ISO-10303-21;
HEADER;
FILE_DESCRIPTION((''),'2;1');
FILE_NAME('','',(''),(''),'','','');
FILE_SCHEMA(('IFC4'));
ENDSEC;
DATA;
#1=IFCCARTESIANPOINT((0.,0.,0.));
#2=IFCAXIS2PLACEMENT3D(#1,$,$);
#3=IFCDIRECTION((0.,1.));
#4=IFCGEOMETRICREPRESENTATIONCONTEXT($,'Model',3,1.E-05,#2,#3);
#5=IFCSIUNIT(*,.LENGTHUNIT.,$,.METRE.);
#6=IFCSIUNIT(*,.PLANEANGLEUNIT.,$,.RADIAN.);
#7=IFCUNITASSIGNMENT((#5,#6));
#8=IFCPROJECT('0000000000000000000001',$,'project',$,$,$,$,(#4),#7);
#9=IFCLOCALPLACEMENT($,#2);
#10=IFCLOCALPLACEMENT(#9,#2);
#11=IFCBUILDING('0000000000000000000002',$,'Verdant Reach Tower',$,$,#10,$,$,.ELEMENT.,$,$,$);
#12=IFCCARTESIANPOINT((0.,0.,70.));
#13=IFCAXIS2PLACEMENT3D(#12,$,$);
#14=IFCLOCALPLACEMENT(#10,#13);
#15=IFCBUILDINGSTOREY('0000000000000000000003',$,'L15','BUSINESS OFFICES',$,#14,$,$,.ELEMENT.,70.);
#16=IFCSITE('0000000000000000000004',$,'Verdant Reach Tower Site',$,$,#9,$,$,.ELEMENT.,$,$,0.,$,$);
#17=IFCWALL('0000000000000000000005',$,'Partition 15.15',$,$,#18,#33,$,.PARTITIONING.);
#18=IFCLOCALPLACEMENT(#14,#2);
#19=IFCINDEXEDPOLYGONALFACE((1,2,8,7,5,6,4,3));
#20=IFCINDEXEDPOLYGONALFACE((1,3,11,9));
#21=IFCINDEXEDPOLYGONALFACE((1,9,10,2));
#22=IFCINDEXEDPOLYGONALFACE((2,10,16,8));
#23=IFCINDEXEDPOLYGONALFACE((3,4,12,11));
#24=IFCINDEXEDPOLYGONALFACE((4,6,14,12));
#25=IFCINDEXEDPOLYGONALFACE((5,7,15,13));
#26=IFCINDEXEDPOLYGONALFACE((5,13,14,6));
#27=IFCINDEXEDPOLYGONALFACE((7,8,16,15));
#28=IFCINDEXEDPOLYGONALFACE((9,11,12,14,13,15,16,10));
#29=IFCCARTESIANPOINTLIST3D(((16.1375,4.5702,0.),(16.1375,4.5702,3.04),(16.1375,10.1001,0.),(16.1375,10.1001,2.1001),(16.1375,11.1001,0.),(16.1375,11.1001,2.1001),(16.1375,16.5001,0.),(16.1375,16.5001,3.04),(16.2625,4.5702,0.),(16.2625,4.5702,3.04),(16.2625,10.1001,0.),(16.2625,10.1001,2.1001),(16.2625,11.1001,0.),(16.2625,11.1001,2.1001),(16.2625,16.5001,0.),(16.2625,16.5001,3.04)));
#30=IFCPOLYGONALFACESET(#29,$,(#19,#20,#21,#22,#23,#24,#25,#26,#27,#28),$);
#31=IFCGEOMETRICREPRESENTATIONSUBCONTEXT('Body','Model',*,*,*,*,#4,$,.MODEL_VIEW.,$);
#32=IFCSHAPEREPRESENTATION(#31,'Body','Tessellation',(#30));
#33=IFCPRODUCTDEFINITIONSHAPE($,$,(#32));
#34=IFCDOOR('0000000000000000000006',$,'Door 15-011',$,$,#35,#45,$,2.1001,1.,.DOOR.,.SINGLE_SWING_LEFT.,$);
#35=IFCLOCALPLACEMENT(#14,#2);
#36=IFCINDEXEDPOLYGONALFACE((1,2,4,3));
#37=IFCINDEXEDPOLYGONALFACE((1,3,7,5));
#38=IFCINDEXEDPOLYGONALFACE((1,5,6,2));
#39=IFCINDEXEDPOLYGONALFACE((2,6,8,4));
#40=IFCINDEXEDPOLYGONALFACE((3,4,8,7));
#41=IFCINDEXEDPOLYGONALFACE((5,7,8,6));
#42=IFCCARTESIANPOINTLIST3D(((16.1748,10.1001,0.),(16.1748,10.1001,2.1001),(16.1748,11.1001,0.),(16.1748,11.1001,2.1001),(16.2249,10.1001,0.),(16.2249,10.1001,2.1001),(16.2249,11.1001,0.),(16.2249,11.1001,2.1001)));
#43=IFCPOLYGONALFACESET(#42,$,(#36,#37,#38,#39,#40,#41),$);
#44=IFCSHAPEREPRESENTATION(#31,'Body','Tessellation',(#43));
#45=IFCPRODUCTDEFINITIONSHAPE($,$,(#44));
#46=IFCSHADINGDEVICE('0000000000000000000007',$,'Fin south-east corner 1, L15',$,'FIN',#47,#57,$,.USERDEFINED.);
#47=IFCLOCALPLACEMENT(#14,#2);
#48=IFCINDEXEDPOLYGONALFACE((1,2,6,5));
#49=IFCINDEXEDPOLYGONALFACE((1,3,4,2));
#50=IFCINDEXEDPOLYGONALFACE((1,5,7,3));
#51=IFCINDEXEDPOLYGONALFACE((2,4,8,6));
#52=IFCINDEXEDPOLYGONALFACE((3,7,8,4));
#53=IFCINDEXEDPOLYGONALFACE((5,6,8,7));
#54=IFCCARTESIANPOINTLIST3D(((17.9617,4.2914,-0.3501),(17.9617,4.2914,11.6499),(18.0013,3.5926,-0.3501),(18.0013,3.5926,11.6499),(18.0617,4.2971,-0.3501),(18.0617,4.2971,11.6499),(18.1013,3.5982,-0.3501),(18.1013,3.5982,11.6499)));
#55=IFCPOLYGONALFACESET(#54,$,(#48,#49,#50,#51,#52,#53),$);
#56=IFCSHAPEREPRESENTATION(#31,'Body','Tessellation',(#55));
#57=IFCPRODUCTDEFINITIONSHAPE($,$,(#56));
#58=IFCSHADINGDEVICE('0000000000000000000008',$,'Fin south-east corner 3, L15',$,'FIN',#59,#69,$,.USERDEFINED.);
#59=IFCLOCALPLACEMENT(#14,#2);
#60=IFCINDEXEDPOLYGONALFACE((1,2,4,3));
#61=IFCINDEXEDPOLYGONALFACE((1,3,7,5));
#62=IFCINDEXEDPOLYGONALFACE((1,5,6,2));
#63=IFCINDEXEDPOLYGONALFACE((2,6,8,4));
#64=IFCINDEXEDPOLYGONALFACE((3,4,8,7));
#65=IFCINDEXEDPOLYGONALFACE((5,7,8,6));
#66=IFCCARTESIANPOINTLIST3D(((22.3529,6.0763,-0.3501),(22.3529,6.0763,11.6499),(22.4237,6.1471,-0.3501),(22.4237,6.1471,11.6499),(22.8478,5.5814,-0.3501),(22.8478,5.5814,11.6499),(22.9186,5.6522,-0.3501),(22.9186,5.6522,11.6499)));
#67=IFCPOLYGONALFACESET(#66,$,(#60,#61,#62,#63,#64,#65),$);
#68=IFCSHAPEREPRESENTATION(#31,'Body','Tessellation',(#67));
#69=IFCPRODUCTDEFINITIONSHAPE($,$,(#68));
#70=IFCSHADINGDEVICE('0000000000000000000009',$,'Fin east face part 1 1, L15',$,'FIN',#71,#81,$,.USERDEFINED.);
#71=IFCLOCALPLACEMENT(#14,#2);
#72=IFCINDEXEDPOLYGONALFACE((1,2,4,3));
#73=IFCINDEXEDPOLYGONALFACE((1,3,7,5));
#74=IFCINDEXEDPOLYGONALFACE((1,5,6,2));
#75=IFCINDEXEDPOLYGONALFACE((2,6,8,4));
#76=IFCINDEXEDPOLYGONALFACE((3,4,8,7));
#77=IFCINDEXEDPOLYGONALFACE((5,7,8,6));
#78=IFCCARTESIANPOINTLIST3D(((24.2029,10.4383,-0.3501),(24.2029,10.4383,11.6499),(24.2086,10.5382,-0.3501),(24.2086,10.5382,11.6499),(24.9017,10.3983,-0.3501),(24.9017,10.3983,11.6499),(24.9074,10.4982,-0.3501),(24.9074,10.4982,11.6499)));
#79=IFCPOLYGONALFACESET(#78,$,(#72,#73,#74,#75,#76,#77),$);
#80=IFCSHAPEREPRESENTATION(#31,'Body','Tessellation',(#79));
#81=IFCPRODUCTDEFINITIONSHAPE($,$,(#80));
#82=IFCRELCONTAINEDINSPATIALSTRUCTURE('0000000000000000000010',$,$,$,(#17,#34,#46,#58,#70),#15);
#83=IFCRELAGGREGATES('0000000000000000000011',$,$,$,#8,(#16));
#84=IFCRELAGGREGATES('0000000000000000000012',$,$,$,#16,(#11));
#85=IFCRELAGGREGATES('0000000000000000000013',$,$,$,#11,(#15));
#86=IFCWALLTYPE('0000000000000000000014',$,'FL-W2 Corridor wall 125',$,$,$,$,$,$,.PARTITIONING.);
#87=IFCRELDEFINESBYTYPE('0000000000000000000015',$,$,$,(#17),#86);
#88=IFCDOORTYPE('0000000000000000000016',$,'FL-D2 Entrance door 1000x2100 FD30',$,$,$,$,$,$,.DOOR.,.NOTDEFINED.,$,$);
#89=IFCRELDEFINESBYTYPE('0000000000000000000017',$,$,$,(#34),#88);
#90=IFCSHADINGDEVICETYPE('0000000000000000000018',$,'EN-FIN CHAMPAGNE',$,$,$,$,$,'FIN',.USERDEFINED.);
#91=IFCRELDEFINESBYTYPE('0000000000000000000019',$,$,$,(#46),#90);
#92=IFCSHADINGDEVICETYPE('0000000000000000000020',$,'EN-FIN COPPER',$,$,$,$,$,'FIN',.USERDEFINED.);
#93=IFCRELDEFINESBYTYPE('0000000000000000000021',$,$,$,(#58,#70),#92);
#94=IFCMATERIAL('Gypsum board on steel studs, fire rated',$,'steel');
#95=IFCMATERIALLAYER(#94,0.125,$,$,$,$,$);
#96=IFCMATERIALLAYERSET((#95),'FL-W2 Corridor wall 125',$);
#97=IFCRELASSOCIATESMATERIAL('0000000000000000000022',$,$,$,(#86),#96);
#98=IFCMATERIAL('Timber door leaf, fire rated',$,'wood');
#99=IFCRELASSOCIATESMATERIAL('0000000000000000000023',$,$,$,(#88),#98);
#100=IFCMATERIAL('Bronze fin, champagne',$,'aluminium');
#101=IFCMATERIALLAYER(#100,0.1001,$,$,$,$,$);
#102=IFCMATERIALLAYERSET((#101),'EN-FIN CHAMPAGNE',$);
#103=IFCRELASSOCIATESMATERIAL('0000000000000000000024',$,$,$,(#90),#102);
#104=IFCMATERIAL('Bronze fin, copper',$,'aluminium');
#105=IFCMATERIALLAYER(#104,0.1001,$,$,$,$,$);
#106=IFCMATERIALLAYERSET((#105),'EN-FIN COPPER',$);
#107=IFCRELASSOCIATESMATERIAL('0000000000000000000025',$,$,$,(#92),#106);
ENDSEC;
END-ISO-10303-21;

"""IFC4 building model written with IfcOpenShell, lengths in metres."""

from ifc_helpers import new_model, si_unit, direction, frame, frame_2d, origin, origin_2d, place, context, subcontext, project, spatial, rectangle, extrude, material, layer, layer_set, type_object, element, fill, save


model = new_model("IFC4")

# Units and contexts
model_context = context("Model", 3, precision=1e-05, world=origin(), true_north=direction((0.0, 1.0)))
body_context = subcontext(model_context, "Body", "Model", "MODEL_VIEW")
ifc_project = project(units=[si_unit("LENGTHUNIT", "METRE"), si_unit("PLANEANGLEUNIT", "RADIAN")], contexts=[model_context])

# Site, building, storey
site_placement = place(None, origin())
site = spatial("IfcSite", under=ifc_project, at=site_placement, Name="Verdant Reach Tower Site", CompositionType="ELEMENT", RefElevation=0.0)
building_placement = place(site_placement, origin())
building = spatial("IfcBuilding", under=site, at=building_placement, Name="Verdant Reach Tower", CompositionType="ELEMENT")
storey_placement = place(building_placement, frame((0.0, 0.0, 70.0)))
storey = spatial("IfcBuildingStorey", under=building, at=storey_placement, Name="L15", Description="BUSINESS OFFICES", CompositionType="ELEMENT", Elevation=70.0)

# Wall, opening, door
ifc_material_1 = material(Name="Gypsum board on steel studs, fire rated", Category="steel")
ifc_layer_1 = layer(ifc_material_1, 0.125)
ifc_layer_set_1 = layer_set([ifc_layer_1], Name="FL-W2 Corridor wall 125")
wall_type = type_object("IfcWallType", Name="FL-W2 Corridor wall 125", PredefinedType="PARTITIONING", material=ifc_layer_set_1)
wall_placement = place(storey_placement, frame((16.2, 16.5, 0.0), z_axis=(0.0, 0.0, 1.0), x_axis=(0.0, -1.0, 0.0)))
wall = element("IfcWall", 1, at=wall_placement, inside=storey, type_object=wall_type, Name="Partition 15.15", PredefinedType="PARTITIONING", context=body_context, shape_type="SweptSolid", body=[
    extrude(rectangle(XDim=11.9299, YDim=0.125, at=frame_2d((5.9648, 0.0))), origin(), (0.0, 0.0, 1.0), 3.04),
])
opening_placement = place(wall_placement, frame((5.3999, 0.0, 0.0)))
opening = element("IfcOpeningElement", 2, at=opening_placement, cuts=wall, PredefinedType="OPENING", context=body_context, shape_type="SweptSolid", body=[
    extrude(rectangle(XDim=1.0, YDim=2.1001, at=frame_2d((0.5, 1.05))), frame((0.0, 0.0725, 0.0), z_axis=(0.0, -1.0, 0.0), x_axis=(1.0, 0.0, 0.0)), (0.0, 0.0, 1.0), 0.145),
])
ifc_material_2 = material(Name="Timber door leaf, fire rated", Category="wood")
door_type = type_object("IfcDoorType", Name="FL-D2 Entrance door 1000x2100 FD30", OperationType="NOTDEFINED", PredefinedType="DOOR", material=ifc_material_2)
door_placement = place(opening_placement, origin())
door = element("IfcDoor", 3, at=door_placement, inside=storey, type_object=door_type, Name="Door 15-011", OperationType="SINGLE_SWING_LEFT", OverallHeight=2.1001, OverallWidth=1.0, PredefinedType="DOOR", context=body_context, shape_type="SweptSolid", body=[
    extrude(rectangle(XDim=1.0, YDim=2.1001, at=frame_2d((0.5, 1.05))), frame((0.0, 0.0249, 0.0), z_axis=(0.0, -1.0, 0.0), x_axis=(1.0, 0.0, 0.0)), (0.0, 0.0, 1.0), 0.05),
])
fill(opening, door)

# Shading devices
ifc_material_3 = material(Name="Bronze fin, champagne", Category="aluminium")
ifc_layer_2 = layer(ifc_material_3, 0.1001)
ifc_layer_set_2 = layer_set([ifc_layer_2], Name="EN-FIN CHAMPAGNE")
shading_device_type_1 = type_object("IfcShadingDeviceType", Name="EN-FIN CHAMPAGNE", ElementType="FIN", PredefinedType="USERDEFINED", material=ifc_layer_set_2)
shading_device_placement = place(storey_placement, frame((18.0315, 3.9448, -0.3501), z_axis=(0.0, 0.0, 1.0), x_axis=(0.998399, 0.056569, 0.0)))
element("IfcShadingDevice", 4, at=shading_device_placement, inside=storey, type_object=shading_device_type_1, Name="Fin south-east corner 1, L15", ObjectType="FIN", PredefinedType="USERDEFINED", context=body_context, shape_type="SweptSolid", body=[
    extrude(rectangle(XDim=0.1001, YDim=0.7, at=origin_2d()), origin(), (0.0, 0.0, 1.0), 12.0),
])
ifc_material_4 = material(Name="Bronze fin, copper", Category="aluminium")
ifc_layer_3 = layer(ifc_material_4, 0.1001)
ifc_layer_set_3 = layer_set([ifc_layer_3], Name="EN-FIN COPPER")
shading_device_type_2 = type_object("IfcShadingDeviceType", Name="EN-FIN COPPER", ElementType="FIN", PredefinedType="USERDEFINED", material=ifc_layer_set_3)
for number, where, z_axis, x_axis, name in (
    (5, (22.6357, 5.8643, -0.3501), (0.0, 0.0, 1.0), (0.707107, 0.707107, 0.0), "Fin south-east corner 3, L15"),
    (6, (24.5552, 10.4683, -0.3501), (0.0, 0.0, 1.0), (0.057135, 0.998366, 0.0), "Fin east face part 1 1, L15"),
):
    element("IfcShadingDevice", number, at=place(storey_placement, frame(where, z_axis=z_axis, x_axis=x_axis)), inside=storey, type_object=shading_device_type_2, Name=name, ObjectType="FIN", PredefinedType="USERDEFINED", context=body_context, shape_type="SweptSolid", body=[
        extrude(rectangle(XDim=0.1001, YDim=0.7, at=origin_2d()), origin(), (0.0, 0.0, 1.0), 12.0),
    ])

save(model, "model.ifc")
